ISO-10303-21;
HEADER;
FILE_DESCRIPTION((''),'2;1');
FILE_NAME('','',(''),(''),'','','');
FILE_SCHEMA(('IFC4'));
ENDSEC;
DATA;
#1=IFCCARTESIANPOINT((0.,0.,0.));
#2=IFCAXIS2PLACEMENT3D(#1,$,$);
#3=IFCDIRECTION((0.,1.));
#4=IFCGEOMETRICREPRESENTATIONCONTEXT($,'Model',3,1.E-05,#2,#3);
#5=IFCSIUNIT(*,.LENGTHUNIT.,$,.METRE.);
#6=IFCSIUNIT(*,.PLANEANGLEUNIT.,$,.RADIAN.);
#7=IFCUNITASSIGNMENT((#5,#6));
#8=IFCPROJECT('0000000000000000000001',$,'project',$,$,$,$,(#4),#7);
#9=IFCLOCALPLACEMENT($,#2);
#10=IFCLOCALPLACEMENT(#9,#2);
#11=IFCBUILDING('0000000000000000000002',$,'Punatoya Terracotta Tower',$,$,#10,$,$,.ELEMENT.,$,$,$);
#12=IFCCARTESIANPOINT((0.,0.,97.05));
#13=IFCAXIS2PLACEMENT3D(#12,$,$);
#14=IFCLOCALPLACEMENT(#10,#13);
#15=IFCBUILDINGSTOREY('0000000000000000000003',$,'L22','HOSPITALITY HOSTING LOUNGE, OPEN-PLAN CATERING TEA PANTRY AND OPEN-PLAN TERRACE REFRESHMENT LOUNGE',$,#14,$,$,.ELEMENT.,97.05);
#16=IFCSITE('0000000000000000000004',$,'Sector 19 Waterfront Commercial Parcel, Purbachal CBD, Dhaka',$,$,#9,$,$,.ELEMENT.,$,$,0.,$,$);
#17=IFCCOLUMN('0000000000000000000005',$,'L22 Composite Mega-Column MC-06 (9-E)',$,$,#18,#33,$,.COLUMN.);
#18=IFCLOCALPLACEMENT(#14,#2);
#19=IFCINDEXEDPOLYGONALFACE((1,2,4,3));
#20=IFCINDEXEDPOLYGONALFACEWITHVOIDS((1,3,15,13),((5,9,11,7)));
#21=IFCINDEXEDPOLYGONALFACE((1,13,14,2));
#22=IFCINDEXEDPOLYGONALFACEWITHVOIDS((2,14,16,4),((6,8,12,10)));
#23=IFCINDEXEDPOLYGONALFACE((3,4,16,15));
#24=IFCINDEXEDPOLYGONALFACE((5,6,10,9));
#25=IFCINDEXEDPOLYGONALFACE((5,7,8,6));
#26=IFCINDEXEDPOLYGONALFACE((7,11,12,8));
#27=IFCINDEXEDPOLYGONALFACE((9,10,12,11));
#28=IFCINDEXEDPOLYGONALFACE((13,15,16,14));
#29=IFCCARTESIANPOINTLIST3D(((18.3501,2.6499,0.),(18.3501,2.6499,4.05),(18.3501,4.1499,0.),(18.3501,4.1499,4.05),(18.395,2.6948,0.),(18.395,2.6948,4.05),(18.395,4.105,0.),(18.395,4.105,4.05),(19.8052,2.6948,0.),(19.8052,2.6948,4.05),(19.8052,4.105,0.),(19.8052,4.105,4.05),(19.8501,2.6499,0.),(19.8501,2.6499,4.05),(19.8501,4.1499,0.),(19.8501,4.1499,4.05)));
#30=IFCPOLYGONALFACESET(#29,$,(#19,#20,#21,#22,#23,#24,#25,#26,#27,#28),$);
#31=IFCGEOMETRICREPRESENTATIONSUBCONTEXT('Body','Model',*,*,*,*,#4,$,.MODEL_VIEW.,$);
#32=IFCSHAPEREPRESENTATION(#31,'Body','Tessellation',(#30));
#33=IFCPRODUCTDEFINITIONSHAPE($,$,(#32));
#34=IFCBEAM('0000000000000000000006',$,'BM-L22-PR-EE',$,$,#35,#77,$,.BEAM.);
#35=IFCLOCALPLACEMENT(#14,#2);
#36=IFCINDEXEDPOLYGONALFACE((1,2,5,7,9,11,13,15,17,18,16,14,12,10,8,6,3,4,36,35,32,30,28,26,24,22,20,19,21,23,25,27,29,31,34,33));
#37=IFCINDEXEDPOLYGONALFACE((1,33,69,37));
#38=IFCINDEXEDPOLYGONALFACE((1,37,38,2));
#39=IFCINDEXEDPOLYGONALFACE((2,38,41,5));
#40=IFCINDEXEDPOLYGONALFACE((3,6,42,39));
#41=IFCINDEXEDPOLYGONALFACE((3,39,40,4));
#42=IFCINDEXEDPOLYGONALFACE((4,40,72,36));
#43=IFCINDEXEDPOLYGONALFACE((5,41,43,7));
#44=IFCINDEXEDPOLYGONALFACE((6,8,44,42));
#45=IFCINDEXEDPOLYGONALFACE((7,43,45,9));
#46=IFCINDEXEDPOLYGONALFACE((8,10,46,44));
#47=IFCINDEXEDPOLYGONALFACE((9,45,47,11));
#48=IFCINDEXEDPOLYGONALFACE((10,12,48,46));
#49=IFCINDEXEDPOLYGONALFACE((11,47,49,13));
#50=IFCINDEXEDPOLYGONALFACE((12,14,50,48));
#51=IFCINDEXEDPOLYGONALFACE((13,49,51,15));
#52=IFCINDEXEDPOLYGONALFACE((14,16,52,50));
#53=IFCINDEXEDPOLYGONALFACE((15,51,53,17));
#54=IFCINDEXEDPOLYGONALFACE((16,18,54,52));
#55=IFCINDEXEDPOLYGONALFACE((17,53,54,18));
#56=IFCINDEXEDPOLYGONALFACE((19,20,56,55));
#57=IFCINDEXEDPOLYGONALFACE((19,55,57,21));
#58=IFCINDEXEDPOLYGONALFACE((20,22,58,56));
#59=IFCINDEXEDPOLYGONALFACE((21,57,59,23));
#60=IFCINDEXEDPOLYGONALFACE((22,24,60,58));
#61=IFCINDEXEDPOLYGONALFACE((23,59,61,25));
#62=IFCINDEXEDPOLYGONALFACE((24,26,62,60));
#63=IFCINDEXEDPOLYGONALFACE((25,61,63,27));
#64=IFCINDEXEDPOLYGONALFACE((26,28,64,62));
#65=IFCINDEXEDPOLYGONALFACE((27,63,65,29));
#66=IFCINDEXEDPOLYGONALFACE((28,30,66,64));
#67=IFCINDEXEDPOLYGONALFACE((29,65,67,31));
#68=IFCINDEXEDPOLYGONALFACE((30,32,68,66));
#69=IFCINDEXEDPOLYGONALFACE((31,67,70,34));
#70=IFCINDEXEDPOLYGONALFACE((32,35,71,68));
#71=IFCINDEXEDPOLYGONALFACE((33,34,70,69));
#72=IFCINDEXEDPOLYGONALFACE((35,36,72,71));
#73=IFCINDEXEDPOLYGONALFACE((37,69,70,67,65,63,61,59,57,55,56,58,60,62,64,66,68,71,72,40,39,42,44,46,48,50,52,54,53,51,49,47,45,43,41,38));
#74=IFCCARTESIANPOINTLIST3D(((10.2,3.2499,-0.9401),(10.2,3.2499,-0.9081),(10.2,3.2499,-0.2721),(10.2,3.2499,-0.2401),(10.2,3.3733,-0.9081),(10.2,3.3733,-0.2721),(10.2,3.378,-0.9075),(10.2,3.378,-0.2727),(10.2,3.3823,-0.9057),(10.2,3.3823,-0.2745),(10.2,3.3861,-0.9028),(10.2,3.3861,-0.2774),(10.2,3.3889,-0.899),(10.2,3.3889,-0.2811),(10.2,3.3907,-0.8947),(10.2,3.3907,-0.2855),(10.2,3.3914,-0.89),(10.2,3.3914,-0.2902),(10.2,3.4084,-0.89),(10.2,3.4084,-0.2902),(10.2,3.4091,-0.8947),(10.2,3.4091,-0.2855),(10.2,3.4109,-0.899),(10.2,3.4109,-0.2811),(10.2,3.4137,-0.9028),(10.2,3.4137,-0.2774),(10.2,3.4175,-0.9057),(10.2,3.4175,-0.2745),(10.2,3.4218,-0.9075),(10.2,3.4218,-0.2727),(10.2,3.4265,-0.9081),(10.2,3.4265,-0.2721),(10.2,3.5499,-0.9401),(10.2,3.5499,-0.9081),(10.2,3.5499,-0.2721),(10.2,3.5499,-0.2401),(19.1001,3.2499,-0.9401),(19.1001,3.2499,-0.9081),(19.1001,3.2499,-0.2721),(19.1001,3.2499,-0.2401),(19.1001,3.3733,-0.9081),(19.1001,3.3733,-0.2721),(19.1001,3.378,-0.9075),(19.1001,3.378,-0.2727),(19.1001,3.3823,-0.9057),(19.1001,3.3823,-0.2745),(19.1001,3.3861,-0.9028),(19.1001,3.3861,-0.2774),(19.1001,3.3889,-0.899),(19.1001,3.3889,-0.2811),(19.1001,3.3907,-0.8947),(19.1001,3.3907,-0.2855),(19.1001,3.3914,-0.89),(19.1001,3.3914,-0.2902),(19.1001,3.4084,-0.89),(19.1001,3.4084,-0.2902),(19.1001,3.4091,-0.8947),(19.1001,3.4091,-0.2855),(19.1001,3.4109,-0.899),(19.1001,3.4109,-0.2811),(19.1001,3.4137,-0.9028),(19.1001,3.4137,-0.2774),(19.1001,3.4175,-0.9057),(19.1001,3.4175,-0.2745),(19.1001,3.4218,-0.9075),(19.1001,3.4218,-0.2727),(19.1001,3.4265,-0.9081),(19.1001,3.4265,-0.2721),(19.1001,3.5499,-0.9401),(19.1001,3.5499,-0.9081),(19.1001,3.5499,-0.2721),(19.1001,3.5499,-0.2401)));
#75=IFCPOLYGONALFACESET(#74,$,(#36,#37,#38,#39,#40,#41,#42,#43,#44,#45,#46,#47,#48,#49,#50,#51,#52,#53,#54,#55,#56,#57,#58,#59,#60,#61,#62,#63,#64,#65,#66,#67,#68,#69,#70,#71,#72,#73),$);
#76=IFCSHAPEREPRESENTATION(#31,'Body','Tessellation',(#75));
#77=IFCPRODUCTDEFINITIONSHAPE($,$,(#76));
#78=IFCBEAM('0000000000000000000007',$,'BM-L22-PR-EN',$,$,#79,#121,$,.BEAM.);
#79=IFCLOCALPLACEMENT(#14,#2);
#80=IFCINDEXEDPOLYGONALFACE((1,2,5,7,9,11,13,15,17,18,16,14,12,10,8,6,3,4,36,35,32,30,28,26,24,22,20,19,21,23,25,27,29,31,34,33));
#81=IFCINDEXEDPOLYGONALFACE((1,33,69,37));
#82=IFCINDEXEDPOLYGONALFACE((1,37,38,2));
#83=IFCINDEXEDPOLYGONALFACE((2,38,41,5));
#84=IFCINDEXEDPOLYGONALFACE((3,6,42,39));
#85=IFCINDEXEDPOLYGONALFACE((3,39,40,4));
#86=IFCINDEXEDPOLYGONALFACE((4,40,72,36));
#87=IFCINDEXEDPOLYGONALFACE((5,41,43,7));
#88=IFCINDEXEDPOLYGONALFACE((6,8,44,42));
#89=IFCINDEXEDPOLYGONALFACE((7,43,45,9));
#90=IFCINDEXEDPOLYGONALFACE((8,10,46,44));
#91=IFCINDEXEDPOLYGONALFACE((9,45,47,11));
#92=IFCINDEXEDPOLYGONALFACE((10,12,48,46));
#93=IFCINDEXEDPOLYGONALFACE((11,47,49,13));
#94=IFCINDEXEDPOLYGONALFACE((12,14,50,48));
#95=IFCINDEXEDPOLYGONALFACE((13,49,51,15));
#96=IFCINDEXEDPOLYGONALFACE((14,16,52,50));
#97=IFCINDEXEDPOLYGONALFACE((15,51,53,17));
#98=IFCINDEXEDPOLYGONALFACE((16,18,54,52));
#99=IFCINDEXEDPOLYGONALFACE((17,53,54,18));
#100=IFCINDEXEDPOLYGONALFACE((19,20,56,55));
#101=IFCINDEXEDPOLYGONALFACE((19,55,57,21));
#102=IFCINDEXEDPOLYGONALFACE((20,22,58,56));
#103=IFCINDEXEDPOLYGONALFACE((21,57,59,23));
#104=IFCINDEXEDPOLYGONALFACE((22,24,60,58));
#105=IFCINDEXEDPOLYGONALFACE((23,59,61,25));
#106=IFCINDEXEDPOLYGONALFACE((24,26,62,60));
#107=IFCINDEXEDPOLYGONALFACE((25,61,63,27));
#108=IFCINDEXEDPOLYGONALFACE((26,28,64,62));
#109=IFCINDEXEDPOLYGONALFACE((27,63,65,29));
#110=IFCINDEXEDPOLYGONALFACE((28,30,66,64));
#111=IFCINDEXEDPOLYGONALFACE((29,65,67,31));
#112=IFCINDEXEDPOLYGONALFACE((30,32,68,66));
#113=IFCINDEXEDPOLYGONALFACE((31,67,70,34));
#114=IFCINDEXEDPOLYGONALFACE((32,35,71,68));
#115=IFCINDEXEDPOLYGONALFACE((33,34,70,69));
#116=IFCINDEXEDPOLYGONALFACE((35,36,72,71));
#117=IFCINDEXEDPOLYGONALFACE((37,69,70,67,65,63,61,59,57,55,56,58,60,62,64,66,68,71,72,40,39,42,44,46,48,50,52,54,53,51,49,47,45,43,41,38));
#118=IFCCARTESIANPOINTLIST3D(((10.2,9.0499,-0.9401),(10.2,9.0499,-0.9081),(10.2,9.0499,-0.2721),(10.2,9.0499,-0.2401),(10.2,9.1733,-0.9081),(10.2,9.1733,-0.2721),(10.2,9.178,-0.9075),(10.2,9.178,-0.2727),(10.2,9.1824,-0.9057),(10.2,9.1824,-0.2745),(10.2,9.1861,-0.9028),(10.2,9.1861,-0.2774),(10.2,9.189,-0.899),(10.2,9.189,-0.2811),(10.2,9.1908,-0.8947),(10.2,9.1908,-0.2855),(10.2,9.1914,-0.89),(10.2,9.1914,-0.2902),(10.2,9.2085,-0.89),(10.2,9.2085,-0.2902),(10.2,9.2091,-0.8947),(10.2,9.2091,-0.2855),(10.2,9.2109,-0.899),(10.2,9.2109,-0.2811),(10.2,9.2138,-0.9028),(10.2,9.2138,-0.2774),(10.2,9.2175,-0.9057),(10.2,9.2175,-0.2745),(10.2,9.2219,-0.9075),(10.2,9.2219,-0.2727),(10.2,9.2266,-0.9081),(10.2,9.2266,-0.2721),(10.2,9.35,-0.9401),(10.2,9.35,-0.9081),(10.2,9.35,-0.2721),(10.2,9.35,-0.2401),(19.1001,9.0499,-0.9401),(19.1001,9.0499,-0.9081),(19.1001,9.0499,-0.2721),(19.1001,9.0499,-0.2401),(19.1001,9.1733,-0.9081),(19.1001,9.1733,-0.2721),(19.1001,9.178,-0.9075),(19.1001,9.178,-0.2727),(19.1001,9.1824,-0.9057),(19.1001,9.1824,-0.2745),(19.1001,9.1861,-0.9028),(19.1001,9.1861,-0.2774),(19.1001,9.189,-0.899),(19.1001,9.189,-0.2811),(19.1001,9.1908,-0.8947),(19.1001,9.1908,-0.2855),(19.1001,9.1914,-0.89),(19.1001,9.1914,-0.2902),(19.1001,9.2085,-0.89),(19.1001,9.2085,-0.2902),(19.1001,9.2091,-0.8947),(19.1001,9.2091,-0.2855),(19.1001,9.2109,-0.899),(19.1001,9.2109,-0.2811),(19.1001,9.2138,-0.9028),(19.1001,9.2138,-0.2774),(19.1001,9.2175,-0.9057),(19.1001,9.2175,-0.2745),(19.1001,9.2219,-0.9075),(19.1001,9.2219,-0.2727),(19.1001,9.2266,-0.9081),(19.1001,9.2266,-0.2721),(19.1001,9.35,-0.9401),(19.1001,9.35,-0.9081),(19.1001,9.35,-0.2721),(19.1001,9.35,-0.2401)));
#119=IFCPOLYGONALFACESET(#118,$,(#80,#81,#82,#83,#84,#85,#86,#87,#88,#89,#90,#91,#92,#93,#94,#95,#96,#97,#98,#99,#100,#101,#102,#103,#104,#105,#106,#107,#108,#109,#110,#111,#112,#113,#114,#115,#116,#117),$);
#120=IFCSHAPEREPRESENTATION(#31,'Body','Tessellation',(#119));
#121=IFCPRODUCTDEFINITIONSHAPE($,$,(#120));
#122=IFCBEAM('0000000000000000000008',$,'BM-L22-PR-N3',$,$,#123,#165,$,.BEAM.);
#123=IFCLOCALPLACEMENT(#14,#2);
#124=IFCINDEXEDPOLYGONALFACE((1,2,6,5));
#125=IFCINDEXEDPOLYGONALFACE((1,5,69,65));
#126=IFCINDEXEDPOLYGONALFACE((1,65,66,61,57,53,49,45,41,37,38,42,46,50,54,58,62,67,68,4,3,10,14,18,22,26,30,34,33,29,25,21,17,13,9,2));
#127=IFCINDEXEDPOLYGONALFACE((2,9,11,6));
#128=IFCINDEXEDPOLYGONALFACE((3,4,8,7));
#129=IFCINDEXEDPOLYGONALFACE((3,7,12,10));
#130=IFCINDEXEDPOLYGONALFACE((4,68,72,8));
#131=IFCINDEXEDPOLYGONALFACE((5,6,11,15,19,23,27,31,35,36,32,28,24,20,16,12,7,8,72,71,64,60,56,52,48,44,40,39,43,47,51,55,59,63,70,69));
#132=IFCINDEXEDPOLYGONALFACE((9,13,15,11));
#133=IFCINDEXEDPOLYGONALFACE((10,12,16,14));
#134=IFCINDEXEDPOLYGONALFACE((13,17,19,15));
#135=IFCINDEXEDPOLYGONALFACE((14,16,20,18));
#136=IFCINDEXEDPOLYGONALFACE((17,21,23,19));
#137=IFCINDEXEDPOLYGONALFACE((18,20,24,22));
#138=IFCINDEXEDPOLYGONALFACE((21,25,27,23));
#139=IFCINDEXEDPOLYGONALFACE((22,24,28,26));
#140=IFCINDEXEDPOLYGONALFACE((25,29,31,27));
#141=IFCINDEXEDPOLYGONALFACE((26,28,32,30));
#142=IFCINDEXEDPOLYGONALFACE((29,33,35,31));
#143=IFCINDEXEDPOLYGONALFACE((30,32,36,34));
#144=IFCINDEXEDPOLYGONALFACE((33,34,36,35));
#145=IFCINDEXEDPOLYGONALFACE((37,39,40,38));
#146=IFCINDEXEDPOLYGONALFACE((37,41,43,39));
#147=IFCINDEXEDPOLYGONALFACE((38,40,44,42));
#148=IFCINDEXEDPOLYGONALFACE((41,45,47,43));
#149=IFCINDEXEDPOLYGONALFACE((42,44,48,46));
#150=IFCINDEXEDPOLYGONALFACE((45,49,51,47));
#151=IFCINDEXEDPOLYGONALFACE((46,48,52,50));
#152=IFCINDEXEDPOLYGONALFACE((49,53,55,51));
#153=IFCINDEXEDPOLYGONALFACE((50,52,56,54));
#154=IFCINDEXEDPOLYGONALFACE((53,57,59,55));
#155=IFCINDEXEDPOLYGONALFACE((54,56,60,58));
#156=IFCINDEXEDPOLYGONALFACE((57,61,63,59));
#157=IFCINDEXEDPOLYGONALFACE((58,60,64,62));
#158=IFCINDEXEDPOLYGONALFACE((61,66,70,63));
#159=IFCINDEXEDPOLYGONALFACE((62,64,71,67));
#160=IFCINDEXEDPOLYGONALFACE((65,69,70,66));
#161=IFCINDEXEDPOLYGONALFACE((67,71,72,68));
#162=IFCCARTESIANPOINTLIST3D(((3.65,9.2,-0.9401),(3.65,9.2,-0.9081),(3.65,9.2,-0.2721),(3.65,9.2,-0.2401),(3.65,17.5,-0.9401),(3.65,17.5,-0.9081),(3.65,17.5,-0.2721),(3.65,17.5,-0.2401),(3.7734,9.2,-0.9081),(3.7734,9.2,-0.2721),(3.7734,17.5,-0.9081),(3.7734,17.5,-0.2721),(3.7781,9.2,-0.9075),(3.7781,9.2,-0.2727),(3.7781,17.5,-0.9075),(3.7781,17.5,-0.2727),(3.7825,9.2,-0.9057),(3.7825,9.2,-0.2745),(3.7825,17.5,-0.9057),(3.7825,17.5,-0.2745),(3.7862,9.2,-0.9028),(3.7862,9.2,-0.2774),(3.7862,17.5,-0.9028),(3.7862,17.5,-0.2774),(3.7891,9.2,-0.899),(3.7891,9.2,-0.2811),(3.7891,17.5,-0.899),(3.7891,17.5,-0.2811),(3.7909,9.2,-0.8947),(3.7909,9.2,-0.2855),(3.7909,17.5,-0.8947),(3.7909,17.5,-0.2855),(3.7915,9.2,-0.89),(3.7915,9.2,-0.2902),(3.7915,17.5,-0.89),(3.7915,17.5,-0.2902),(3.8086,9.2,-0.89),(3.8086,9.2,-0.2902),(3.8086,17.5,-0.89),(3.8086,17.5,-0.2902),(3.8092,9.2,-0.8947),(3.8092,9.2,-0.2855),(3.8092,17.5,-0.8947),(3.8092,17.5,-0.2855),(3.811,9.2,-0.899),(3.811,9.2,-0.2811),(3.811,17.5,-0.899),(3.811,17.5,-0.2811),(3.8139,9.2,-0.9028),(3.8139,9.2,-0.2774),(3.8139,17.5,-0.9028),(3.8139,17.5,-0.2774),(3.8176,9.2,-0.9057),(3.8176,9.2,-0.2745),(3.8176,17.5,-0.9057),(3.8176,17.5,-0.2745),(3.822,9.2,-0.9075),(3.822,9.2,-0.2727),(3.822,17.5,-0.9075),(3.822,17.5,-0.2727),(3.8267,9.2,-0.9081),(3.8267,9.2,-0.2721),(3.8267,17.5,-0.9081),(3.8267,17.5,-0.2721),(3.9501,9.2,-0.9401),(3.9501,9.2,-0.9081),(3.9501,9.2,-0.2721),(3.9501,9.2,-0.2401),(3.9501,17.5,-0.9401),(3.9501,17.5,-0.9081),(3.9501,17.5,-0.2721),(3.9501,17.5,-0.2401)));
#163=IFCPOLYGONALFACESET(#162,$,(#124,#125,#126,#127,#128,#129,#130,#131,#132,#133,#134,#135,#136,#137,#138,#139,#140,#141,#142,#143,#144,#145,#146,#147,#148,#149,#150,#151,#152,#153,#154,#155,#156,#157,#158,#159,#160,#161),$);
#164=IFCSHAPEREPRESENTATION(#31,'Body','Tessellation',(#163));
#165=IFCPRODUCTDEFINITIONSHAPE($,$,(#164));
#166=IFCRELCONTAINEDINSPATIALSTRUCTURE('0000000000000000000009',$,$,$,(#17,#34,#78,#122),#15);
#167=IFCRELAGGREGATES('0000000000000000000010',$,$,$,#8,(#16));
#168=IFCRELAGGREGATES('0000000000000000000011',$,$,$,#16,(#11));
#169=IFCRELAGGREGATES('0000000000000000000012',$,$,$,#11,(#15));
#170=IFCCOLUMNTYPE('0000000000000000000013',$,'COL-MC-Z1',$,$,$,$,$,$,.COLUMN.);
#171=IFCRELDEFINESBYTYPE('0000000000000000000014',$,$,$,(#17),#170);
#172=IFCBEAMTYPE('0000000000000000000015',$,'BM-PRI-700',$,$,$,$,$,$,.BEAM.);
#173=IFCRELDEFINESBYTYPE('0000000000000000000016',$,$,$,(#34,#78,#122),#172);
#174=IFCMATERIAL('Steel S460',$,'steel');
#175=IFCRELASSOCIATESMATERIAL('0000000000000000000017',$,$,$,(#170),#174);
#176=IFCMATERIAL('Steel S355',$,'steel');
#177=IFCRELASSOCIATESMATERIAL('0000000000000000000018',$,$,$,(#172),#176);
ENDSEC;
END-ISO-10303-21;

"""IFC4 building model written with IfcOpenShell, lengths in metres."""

from ifc_helpers import new_model, si_unit, direction, frame, origin, origin_2d, place, context, subcontext, project, spatial, hollow_rectangle, i_section, extrude, material, material_profile, profile_set, type_object, element, save


model = new_model("IFC4")

# Units and contexts
model_context = context("Model", 3, precision=1e-05, world=origin(), true_north=direction((0.0, 1.0)))
body_context = subcontext(model_context, "Body", "Model", "MODEL_VIEW")
ifc_project = project(units=[si_unit("LENGTHUNIT", "METRE"), si_unit("PLANEANGLEUNIT", "RADIAN")], contexts=[model_context])

# Site, building, storey
site_placement = place(None, origin())
site = spatial("IfcSite", under=ifc_project, at=site_placement, Name="Sector 19 Waterfront Commercial Parcel, Purbachal CBD, Dhaka", CompositionType="ELEMENT", RefElevation=0.0)
building_placement = place(site_placement, origin())
building = spatial("IfcBuilding", under=site, at=building_placement, Name="Punatoya Terracotta Tower", CompositionType="ELEMENT")
storey_placement = place(building_placement, frame((0.0, 0.0, 97.05)))
storey = spatial("IfcBuildingStorey", under=building, at=storey_placement, Name="L22", Description="HOSPITALITY HOSTING LOUNGE, OPEN-PLAN CATERING TEA PANTRY AND OPEN-PLAN TERRACE REFRESHMENT LOUNGE", CompositionType="ELEMENT", Elevation=97.05)

# Column
ifc_material_1 = material(Name="Steel S460", Category="steel")
ifc_material_profile_1 = material_profile(ifc_material_1, hollow_rectangle(XDim=1.5, YDim=1.5, WallThickness=0.0449, at=origin_2d()))
ifc_profile_set_1 = profile_set([ifc_material_profile_1], Name="Steel S460")
column_type = type_object("IfcColumnType", Name="COL-MC-Z1", PredefinedType="COLUMN", material=ifc_profile_set_1)
column_placement = place(storey_placement, frame((19.1001, 3.3999, 0.0), z_axis=(0.0, 0.0, 1.0), x_axis=(1.0, 0.0, 0.0)))
element("IfcColumn", 1, at=column_placement, inside=storey, type_object=column_type, Name="L22 Composite Mega-Column MC-06 (9-E)", PredefinedType="COLUMN", context=body_context, shape_type="SweptSolid", body=[
    extrude(hollow_rectangle(XDim=1.5, YDim=1.5, WallThickness=0.0449, at=origin_2d()), origin(), (0.0, 0.0, 1.0), 4.05),
])

# Beams
ifc_material_2 = material(Name="Steel S355", Category="steel")
ifc_material_profile_2 = material_profile(ifc_material_2, i_section(OverallWidth=0.3, OverallDepth=0.7, WebThickness=0.0171, FlangeThickness=0.032, FilletRadius=0.0181, at=origin_2d()))
ifc_profile_set_2 = profile_set([ifc_material_profile_2], Name="Steel S355")
beam_type_1 = type_object("IfcBeamType", Name="BM-PRI-700", PredefinedType="BEAM", material=ifc_profile_set_2)
for number, where, z_axis, x_axis, name in (
    (2, (10.2, 3.3999, -0.5901), (1.0, 0.0, 0.0), (0.0, 1.0, 0.0), "BM-L22-PR-EE"),
    (3, (10.2, 9.2, -0.5901), (1.0, 0.0, 0.0), (0.0, 1.0, 0.0), "BM-L22-PR-EN"),
):
    element("IfcBeam", number, at=place(storey_placement, frame(where, z_axis=z_axis, x_axis=x_axis)), inside=storey, type_object=beam_type_1, Name=name, PredefinedType="BEAM", context=body_context, shape_type="SweptSolid", body=[
        extrude(i_section(OverallWidth=0.3, OverallDepth=0.7, WebThickness=0.0171, FlangeThickness=0.032, FilletRadius=0.0181, at=origin_2d()), origin(), (0.0, 0.0, 1.0), 8.9001),
    ])
beam_placement = place(storey_placement, frame((3.8, 9.2, -0.5901), z_axis=(0.0, 1.0, 0.0), x_axis=(-1.0, 0.0, 0.0)))
element("IfcBeam", 4, at=beam_placement, inside=storey, type_object=beam_type_1, Name="BM-L22-PR-N3", PredefinedType="BEAM", context=body_context, shape_type="SweptSolid", body=[
    extrude(i_section(OverallWidth=0.3, OverallDepth=0.7, WebThickness=0.0171, FlangeThickness=0.032, FilletRadius=0.0181, at=origin_2d()), origin(), (0.0, 0.0, 1.0), 8.3),
])

save(model, "model.ifc")
